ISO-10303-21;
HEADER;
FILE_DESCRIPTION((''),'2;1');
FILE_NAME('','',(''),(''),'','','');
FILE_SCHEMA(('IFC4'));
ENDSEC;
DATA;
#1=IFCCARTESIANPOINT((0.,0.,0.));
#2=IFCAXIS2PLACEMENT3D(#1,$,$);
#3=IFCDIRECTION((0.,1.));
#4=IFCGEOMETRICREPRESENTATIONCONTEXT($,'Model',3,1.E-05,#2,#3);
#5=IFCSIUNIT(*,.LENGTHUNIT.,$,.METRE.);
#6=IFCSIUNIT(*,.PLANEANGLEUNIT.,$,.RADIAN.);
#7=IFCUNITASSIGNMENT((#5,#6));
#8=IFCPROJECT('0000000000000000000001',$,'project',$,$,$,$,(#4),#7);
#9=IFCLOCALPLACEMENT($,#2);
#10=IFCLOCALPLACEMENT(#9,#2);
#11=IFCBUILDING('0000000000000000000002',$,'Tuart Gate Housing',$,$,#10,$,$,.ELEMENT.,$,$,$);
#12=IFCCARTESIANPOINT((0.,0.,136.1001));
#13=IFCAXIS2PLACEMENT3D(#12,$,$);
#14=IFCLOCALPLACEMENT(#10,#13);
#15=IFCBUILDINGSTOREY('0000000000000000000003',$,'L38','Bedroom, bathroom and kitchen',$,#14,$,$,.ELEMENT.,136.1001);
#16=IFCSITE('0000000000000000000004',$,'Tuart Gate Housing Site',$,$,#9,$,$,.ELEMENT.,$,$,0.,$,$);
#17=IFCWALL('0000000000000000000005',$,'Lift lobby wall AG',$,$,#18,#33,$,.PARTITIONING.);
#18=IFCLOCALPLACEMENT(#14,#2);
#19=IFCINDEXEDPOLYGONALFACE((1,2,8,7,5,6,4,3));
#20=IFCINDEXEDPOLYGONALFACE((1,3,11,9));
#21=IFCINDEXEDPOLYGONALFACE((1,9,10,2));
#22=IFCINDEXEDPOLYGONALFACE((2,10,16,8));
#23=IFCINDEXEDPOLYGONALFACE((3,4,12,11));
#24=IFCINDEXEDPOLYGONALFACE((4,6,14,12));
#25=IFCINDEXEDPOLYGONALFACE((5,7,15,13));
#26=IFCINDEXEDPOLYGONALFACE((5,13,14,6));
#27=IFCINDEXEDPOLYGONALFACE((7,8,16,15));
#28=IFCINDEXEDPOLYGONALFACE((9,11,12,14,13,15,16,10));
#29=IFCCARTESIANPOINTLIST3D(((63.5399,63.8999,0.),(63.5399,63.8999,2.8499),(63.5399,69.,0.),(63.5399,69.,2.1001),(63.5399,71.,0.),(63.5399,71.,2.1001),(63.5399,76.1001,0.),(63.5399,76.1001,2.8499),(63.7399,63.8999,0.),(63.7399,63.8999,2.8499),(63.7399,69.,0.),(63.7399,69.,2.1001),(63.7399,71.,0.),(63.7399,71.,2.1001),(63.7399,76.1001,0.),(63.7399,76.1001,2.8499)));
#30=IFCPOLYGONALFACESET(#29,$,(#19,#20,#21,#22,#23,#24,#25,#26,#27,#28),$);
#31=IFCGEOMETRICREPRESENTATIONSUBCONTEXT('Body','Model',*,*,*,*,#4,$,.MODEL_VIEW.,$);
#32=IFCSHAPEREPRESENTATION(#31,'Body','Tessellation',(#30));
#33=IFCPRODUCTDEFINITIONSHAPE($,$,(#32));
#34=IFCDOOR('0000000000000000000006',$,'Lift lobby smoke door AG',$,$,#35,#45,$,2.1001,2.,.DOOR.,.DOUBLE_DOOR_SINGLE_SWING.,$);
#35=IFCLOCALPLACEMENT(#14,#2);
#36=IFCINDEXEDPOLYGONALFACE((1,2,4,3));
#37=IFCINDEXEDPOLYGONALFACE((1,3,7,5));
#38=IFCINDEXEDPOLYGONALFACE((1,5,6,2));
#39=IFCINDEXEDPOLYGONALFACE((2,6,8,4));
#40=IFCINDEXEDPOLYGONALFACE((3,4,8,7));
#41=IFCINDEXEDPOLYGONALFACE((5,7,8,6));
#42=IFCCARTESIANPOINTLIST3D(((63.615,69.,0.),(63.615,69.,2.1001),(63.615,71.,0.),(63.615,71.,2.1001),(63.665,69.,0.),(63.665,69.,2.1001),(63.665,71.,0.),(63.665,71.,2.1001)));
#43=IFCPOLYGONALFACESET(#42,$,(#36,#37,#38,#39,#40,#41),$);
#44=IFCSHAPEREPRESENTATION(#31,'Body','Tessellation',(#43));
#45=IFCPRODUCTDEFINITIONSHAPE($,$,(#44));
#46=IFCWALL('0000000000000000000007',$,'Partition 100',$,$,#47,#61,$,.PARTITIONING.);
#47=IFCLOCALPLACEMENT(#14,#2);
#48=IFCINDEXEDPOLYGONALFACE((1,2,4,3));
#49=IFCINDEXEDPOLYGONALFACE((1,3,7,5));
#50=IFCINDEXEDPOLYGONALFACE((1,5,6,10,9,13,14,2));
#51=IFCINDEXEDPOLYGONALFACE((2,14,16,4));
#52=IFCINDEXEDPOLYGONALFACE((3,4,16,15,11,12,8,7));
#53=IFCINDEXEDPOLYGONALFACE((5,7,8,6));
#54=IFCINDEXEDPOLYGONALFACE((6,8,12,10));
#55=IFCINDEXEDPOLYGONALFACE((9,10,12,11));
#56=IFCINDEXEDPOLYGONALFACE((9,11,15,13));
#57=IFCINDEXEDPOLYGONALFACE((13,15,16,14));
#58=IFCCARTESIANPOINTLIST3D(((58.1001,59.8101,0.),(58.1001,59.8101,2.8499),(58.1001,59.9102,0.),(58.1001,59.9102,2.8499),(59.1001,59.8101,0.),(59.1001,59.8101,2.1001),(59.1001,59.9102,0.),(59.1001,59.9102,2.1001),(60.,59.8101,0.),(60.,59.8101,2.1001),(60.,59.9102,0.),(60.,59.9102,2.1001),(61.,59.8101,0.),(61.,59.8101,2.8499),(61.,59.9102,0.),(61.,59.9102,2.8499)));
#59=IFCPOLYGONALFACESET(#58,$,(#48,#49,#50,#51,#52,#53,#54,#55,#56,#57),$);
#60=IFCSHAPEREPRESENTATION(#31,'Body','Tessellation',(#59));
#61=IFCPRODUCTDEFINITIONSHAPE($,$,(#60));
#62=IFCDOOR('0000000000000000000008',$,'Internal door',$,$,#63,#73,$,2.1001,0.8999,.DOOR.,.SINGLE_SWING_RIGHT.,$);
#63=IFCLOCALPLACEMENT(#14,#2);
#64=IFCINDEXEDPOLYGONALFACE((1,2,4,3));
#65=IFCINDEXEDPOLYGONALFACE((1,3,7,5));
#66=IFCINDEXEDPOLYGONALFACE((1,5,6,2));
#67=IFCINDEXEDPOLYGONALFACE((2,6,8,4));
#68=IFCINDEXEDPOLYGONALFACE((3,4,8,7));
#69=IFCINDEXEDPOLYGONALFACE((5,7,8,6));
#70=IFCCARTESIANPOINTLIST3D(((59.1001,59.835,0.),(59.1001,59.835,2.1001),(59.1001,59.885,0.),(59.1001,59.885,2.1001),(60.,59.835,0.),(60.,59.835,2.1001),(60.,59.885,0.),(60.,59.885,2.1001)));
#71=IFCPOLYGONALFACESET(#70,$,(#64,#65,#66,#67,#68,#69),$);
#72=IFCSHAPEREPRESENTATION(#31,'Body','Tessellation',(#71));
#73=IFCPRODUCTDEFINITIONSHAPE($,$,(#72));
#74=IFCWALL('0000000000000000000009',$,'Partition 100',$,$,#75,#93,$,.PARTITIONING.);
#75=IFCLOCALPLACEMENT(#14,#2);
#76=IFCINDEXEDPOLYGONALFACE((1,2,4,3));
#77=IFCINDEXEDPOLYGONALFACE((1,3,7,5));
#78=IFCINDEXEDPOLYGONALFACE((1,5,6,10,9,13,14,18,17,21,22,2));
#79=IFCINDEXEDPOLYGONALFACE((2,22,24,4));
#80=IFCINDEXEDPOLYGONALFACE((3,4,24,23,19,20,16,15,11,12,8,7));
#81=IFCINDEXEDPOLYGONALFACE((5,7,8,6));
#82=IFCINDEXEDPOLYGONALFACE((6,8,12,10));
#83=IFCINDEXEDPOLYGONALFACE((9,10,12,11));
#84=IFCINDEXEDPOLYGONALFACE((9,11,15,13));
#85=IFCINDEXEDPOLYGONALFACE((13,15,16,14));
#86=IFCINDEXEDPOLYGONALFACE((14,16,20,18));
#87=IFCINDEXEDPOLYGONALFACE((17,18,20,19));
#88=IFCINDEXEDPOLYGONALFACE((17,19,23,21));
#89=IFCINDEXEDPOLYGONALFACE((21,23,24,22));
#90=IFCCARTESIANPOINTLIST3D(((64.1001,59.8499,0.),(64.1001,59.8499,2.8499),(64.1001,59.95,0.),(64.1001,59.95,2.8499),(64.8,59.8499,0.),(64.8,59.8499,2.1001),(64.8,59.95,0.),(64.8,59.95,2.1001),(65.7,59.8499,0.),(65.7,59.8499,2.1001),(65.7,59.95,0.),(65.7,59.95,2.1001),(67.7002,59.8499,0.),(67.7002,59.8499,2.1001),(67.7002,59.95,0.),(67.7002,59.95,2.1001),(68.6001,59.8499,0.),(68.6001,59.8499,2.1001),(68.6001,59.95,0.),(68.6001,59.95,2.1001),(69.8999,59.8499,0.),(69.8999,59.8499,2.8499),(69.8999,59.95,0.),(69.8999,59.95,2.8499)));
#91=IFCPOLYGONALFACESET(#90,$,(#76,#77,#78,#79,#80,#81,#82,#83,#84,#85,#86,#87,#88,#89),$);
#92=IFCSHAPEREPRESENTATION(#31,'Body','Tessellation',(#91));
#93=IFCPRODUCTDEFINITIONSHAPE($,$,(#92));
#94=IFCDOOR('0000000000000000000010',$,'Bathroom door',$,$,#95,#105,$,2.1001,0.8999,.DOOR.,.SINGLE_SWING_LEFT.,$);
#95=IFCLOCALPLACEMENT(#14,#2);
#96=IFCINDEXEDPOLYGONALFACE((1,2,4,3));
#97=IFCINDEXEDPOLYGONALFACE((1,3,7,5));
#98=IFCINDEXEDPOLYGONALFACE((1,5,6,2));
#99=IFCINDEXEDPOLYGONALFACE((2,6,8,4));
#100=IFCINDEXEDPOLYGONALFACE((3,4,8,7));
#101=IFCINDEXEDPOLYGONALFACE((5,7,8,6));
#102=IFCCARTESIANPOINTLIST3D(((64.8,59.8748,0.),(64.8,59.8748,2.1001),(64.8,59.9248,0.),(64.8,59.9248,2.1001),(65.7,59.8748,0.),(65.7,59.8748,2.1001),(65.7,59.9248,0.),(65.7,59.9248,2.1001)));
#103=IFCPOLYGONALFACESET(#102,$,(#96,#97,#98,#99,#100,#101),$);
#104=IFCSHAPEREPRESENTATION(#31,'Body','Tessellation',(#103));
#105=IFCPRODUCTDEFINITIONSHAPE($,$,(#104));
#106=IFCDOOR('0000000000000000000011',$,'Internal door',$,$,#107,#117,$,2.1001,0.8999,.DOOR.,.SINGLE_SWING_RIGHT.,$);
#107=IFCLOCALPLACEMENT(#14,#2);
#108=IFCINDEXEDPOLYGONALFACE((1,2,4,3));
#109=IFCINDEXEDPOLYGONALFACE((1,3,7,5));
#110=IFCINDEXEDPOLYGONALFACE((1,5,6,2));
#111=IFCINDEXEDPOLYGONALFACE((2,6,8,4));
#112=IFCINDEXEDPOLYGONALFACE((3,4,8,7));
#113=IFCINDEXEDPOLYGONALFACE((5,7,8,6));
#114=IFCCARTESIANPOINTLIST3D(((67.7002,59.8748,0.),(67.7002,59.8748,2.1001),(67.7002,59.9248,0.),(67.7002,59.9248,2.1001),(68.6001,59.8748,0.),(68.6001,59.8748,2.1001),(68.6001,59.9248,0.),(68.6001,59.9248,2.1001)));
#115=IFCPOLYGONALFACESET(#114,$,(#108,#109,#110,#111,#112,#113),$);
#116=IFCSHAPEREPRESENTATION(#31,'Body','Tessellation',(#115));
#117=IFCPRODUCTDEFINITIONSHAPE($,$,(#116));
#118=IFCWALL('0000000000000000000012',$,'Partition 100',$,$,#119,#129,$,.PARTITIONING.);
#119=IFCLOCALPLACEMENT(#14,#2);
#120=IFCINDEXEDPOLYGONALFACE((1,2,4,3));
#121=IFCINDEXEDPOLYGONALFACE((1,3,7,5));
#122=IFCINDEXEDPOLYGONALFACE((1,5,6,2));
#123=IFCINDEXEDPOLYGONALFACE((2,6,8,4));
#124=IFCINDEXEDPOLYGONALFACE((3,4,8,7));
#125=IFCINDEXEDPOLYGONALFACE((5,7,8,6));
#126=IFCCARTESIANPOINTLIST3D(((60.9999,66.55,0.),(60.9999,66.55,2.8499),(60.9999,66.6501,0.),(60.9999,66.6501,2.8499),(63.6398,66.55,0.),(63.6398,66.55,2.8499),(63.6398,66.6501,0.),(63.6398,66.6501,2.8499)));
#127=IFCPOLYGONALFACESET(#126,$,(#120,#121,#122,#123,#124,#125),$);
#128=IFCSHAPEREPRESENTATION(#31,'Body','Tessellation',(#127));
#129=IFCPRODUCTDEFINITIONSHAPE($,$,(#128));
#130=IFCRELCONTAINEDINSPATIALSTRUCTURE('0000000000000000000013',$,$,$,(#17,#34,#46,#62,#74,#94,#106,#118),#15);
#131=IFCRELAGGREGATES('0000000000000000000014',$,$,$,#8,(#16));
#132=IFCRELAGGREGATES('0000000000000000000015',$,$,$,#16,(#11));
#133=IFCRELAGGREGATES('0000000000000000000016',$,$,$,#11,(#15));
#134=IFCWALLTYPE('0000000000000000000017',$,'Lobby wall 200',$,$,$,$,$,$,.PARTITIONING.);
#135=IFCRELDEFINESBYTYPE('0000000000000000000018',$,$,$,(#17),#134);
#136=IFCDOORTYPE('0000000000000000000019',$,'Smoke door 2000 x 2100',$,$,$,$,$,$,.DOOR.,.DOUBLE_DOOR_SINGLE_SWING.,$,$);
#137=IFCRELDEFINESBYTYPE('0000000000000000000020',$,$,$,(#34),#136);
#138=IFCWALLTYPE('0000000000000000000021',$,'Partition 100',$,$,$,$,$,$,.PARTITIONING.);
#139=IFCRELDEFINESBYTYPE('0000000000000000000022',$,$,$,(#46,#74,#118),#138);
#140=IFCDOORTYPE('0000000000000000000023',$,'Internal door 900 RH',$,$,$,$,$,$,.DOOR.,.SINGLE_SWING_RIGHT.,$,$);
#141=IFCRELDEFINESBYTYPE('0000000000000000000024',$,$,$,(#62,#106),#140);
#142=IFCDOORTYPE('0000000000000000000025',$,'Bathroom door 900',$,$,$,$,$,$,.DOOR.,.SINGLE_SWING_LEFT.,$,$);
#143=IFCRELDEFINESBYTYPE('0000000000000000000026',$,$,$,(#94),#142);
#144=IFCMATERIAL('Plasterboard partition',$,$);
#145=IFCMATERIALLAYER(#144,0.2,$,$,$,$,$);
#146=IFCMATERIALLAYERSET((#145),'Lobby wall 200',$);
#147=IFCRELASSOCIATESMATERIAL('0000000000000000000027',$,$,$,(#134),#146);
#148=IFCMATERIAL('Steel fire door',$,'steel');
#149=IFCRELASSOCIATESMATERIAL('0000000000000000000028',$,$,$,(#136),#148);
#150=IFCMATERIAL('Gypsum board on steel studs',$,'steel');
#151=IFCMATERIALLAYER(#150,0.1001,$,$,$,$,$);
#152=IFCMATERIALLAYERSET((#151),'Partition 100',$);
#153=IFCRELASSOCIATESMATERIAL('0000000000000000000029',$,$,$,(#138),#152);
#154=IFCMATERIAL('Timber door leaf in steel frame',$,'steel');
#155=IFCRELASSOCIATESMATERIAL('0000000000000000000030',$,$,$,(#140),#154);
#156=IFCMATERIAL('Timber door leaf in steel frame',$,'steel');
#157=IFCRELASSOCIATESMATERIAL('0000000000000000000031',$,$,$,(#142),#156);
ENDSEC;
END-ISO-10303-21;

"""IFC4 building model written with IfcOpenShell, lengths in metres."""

from ifc_helpers import new_model, si_unit, direction, frame, frame_2d, origin, place, context, subcontext, project, spatial, rectangle, extrude, material, layer, layer_set, type_object, element, fill, save


model = new_model("IFC4")

# Units and contexts
model_context = context("Model", 3, precision=1e-05, world=origin(), true_north=direction((0.0, 1.0)))
body_context = subcontext(model_context, "Body", "Model", "MODEL_VIEW")
ifc_project = project(units=[si_unit("LENGTHUNIT", "METRE"), si_unit("PLANEANGLEUNIT", "RADIAN")], contexts=[model_context])

# Site, building, storey
site_placement = place(None, origin())
site = spatial("IfcSite", under=ifc_project, at=site_placement, Name="Tuart Gate Housing Site", CompositionType="ELEMENT", RefElevation=0.0)
building_placement = place(site_placement, origin())
building = spatial("IfcBuilding", under=site, at=building_placement, Name="Tuart Gate Housing", CompositionType="ELEMENT")
storey_placement = place(building_placement, frame((0.0, 0.0, 136.1001)))
storey = spatial("IfcBuildingStorey", under=building, at=storey_placement, Name="L38", Description="Bedroom, bathroom and kitchen", CompositionType="ELEMENT", Elevation=136.1001)

# Walls, openings, doors
ifc_material_1 = material(Name="Plasterboard partition")
ifc_layer_1 = layer(ifc_material_1, 0.2)
ifc_layer_set_1 = layer_set([ifc_layer_1], Name="Lobby wall 200")
wall_type_1 = type_object("IfcWallType", Name="Lobby wall 200", PredefinedType="PARTITIONING", material=ifc_layer_set_1)
wall_1_placement = place(storey_placement, frame((63.6399, 63.8999, 0.0), z_axis=(0.0, 0.0, 1.0), x_axis=(0.0, 1.0, 0.0)))
wall_1 = element("IfcWall", 1, at=wall_1_placement, inside=storey, type_object=wall_type_1, Name="Lift lobby wall AG", PredefinedType="PARTITIONING", context=body_context, shape_type="SweptSolid", body=[
    extrude(rectangle(XDim=12.2002, YDim=0.2, at=frame_2d((6.1001, 0.0))), origin(), (0.0, 0.0, 1.0), 2.8499),
])
opening_1_placement = place(wall_1_placement, frame((5.1001, 0.0, 0.0)))
opening_1 = element("IfcOpeningElement", 2, at=opening_1_placement, cuts=wall_1, PredefinedType="OPENING", context=body_context, shape_type="SweptSolid", body=[
    extrude(rectangle(XDim=2.0, YDim=2.1001, at=frame_2d((1.0, 1.05))), frame((0.0, 0.1099, 0.0), z_axis=(0.0, -1.0, 0.0), x_axis=(1.0, 0.0, 0.0)), (0.0, 0.0, 1.0), 0.22),
])
ifc_material_2 = material(Name="Steel fire door", Category="steel")
door_type_1 = type_object("IfcDoorType", Name="Smoke door 2000 x 2100", OperationType="DOUBLE_DOOR_SINGLE_SWING", PredefinedType="DOOR", material=ifc_material_2)
door_1_placement = place(opening_1_placement, frame((2.0, 0.0, 0.0), z_axis=(0.0, 0.0, 1.0), x_axis=(-1.0, 0.0, 0.0)))
door_1 = element("IfcDoor", 3, at=door_1_placement, inside=storey, type_object=door_type_1, Name="Lift lobby smoke door AG", OperationType="DOUBLE_DOOR_SINGLE_SWING", OverallHeight=2.1001, OverallWidth=2.0, PredefinedType="DOOR", context=body_context, shape_type="SweptSolid", body=[
    extrude(rectangle(XDim=2.0, YDim=2.1001, at=frame_2d((1.0, 1.05))), frame((0.0, 0.0251, 0.0), z_axis=(0.0, -1.0, 0.0), x_axis=(1.0, 0.0, 0.0)), (0.0, 0.0, 1.0), 0.05),
])
fill(opening_1, door_1)
ifc_material_3 = material(Name="Gypsum board on steel studs", Category="steel")
ifc_layer_2 = layer(ifc_material_3, 0.1001)
ifc_layer_set_2 = layer_set([ifc_layer_2], Name="Partition 100")
wall_type_2 = type_object("IfcWallType", Name="Partition 100", PredefinedType="PARTITIONING", material=ifc_layer_set_2)
wall_2_placement = place(storey_placement, frame((58.1001, 59.8601, 0.0), z_axis=(0.0, 0.0, 1.0), x_axis=(1.0, 0.0, 0.0)))
wall_2 = element("IfcWall", 4, at=wall_2_placement, inside=storey, type_object=wall_type_2, Name="Partition 100", PredefinedType="PARTITIONING", context=body_context, shape_type="SweptSolid", body=[
    extrude(rectangle(XDim=2.8999, YDim=0.1001, at=frame_2d((1.45, 0.0))), origin(), (0.0, 0.0, 1.0), 2.8499),
])
opening_2_placement = place(wall_2_placement, frame((1.0, 0.0, 0.0)))
opening_2 = element("IfcOpeningElement", 5, at=opening_2_placement, cuts=wall_2, PredefinedType="OPENING", context=body_context, shape_type="SweptSolid", body=[
    extrude(rectangle(XDim=0.8999, YDim=2.1001, at=frame_2d((0.45, 1.05))), frame((0.0, 0.0601, 0.0), z_axis=(0.0, -1.0, 0.0), x_axis=(1.0, 0.0, 0.0)), (0.0, 0.0, 1.0), 0.1201),
])
ifc_material_4 = material(Name="Timber door leaf in steel frame", Category="steel")
door_type_2 = type_object("IfcDoorType", Name="Internal door 900 RH", OperationType="SINGLE_SWING_RIGHT", PredefinedType="DOOR", material=ifc_material_4)
door_2_placement = place(opening_2_placement, origin())
door_2 = element("IfcDoor", 6, at=door_2_placement, inside=storey, type_object=door_type_2, Name="Internal door", OperationType="SINGLE_SWING_RIGHT", OverallHeight=2.1001, OverallWidth=0.8999, PredefinedType="DOOR", context=body_context, shape_type="SweptSolid", body=[
    extrude(rectangle(XDim=0.8999, YDim=2.1001, at=frame_2d((0.45, 1.05))), frame((0.0, 0.0249, 0.0), z_axis=(0.0, -1.0, 0.0), x_axis=(1.0, 0.0, 0.0)), (0.0, 0.0, 1.0), 0.05),
])
fill(opening_2, door_2)

# Wall, openings, doors
wall_3_placement = place(storey_placement, frame((64.1001, 59.8999, 0.0), z_axis=(0.0, 0.0, 1.0), x_axis=(1.0, 0.0, 0.0)))
wall_3 = element("IfcWall", 7, at=wall_3_placement, inside=storey, type_object=wall_type_2, Name="Partition 100", PredefinedType="PARTITIONING", context=body_context, shape_type="SweptSolid", body=[
    extrude(rectangle(XDim=5.7998, YDim=0.1001, at=frame_2d((2.8999, 0.0))), origin(), (0.0, 0.0, 1.0), 2.8499),
])
opening_3_placement = place(wall_3_placement, frame((3.6001, 0.0, 0.0)))
opening_3 = element("IfcOpeningElement", 8, at=opening_3_placement, cuts=wall_3, PredefinedType="OPENING", context=body_context, shape_type="SweptSolid", body=[
    extrude(rectangle(XDim=0.8999, YDim=2.1001, at=frame_2d((0.45, 1.05))), frame((0.0, 0.0601, 0.0), z_axis=(0.0, -1.0, 0.0), x_axis=(1.0, 0.0, 0.0)), (0.0, 0.0, 1.0), 0.1201),
])
opening_4_placement = place(wall_3_placement, frame((0.7, 0.0, 0.0)))
opening_4 = element("IfcOpeningElement", 9, at=opening_4_placement, cuts=wall_3, PredefinedType="OPENING", context=body_context, shape_type="SweptSolid", body=[
    extrude(rectangle(XDim=0.8999, YDim=2.1001, at=frame_2d((0.45, 1.05))), frame((0.0, 0.0601, 0.0), z_axis=(0.0, -1.0, 0.0), x_axis=(1.0, 0.0, 0.0)), (0.0, 0.0, 1.0), 0.1201),
])
ifc_material_5 = material(Name="Timber door leaf in steel frame", Category="steel")
door_type_3 = type_object("IfcDoorType", Name="Bathroom door 900", OperationType="SINGLE_SWING_LEFT", PredefinedType="DOOR", material=ifc_material_5)
door_3_placement = place(opening_4_placement, frame((0.8999, 0.0, 0.0), z_axis=(0.0, 0.0, 1.0), x_axis=(-1.0, 0.0, 0.0)))
door_3 = element("IfcDoor", 10, at=door_3_placement, inside=storey, type_object=door_type_3, Name="Bathroom door", OperationType="SINGLE_SWING_LEFT", OverallHeight=2.1001, OverallWidth=0.8999, PredefinedType="DOOR", context=body_context, shape_type="SweptSolid", body=[
    extrude(rectangle(XDim=0.8999, YDim=2.1001, at=frame_2d((0.45, 1.05))), frame((0.0, 0.0251, 0.0), z_axis=(0.0, -1.0, 0.0), x_axis=(1.0, 0.0, 0.0)), (0.0, 0.0, 1.0), 0.05),
])
fill(opening_4, door_3)
door_4_placement = place(opening_3_placement, frame((0.8999, 0.0, 0.0), z_axis=(0.0, 0.0, 1.0), x_axis=(-1.0, 0.0, 0.0)))
door_4 = element("IfcDoor", 11, at=door_4_placement, inside=storey, type_object=door_type_2, Name="Internal door", OperationType="SINGLE_SWING_RIGHT", OverallHeight=2.1001, OverallWidth=0.8999, PredefinedType="DOOR", context=body_context, shape_type="SweptSolid", body=[
    extrude(rectangle(XDim=0.8999, YDim=2.1001, at=frame_2d((0.45, 1.05))), frame((0.0, 0.0251, 0.0), z_axis=(0.0, -1.0, 0.0), x_axis=(1.0, 0.0, 0.0)), (0.0, 0.0, 1.0), 0.05),
])
fill(opening_3, door_4)

# Wall
wall_4_placement = place(storey_placement, frame((61.0, 66.6001, 0.0), z_axis=(0.0, 0.0, 1.0), x_axis=(1.0, 0.0, 0.0)))
element("IfcWall", 12, at=wall_4_placement, inside=storey, type_object=wall_type_2, Name="Partition 100", PredefinedType="PARTITIONING", context=body_context, shape_type="SweptSolid", body=[
    extrude(rectangle(XDim=2.6399, YDim=0.1001, at=frame_2d((1.3198, 0.0))), origin(), (0.0, 0.0, 1.0), 2.8499),
])

save(model, "model.ifc")
